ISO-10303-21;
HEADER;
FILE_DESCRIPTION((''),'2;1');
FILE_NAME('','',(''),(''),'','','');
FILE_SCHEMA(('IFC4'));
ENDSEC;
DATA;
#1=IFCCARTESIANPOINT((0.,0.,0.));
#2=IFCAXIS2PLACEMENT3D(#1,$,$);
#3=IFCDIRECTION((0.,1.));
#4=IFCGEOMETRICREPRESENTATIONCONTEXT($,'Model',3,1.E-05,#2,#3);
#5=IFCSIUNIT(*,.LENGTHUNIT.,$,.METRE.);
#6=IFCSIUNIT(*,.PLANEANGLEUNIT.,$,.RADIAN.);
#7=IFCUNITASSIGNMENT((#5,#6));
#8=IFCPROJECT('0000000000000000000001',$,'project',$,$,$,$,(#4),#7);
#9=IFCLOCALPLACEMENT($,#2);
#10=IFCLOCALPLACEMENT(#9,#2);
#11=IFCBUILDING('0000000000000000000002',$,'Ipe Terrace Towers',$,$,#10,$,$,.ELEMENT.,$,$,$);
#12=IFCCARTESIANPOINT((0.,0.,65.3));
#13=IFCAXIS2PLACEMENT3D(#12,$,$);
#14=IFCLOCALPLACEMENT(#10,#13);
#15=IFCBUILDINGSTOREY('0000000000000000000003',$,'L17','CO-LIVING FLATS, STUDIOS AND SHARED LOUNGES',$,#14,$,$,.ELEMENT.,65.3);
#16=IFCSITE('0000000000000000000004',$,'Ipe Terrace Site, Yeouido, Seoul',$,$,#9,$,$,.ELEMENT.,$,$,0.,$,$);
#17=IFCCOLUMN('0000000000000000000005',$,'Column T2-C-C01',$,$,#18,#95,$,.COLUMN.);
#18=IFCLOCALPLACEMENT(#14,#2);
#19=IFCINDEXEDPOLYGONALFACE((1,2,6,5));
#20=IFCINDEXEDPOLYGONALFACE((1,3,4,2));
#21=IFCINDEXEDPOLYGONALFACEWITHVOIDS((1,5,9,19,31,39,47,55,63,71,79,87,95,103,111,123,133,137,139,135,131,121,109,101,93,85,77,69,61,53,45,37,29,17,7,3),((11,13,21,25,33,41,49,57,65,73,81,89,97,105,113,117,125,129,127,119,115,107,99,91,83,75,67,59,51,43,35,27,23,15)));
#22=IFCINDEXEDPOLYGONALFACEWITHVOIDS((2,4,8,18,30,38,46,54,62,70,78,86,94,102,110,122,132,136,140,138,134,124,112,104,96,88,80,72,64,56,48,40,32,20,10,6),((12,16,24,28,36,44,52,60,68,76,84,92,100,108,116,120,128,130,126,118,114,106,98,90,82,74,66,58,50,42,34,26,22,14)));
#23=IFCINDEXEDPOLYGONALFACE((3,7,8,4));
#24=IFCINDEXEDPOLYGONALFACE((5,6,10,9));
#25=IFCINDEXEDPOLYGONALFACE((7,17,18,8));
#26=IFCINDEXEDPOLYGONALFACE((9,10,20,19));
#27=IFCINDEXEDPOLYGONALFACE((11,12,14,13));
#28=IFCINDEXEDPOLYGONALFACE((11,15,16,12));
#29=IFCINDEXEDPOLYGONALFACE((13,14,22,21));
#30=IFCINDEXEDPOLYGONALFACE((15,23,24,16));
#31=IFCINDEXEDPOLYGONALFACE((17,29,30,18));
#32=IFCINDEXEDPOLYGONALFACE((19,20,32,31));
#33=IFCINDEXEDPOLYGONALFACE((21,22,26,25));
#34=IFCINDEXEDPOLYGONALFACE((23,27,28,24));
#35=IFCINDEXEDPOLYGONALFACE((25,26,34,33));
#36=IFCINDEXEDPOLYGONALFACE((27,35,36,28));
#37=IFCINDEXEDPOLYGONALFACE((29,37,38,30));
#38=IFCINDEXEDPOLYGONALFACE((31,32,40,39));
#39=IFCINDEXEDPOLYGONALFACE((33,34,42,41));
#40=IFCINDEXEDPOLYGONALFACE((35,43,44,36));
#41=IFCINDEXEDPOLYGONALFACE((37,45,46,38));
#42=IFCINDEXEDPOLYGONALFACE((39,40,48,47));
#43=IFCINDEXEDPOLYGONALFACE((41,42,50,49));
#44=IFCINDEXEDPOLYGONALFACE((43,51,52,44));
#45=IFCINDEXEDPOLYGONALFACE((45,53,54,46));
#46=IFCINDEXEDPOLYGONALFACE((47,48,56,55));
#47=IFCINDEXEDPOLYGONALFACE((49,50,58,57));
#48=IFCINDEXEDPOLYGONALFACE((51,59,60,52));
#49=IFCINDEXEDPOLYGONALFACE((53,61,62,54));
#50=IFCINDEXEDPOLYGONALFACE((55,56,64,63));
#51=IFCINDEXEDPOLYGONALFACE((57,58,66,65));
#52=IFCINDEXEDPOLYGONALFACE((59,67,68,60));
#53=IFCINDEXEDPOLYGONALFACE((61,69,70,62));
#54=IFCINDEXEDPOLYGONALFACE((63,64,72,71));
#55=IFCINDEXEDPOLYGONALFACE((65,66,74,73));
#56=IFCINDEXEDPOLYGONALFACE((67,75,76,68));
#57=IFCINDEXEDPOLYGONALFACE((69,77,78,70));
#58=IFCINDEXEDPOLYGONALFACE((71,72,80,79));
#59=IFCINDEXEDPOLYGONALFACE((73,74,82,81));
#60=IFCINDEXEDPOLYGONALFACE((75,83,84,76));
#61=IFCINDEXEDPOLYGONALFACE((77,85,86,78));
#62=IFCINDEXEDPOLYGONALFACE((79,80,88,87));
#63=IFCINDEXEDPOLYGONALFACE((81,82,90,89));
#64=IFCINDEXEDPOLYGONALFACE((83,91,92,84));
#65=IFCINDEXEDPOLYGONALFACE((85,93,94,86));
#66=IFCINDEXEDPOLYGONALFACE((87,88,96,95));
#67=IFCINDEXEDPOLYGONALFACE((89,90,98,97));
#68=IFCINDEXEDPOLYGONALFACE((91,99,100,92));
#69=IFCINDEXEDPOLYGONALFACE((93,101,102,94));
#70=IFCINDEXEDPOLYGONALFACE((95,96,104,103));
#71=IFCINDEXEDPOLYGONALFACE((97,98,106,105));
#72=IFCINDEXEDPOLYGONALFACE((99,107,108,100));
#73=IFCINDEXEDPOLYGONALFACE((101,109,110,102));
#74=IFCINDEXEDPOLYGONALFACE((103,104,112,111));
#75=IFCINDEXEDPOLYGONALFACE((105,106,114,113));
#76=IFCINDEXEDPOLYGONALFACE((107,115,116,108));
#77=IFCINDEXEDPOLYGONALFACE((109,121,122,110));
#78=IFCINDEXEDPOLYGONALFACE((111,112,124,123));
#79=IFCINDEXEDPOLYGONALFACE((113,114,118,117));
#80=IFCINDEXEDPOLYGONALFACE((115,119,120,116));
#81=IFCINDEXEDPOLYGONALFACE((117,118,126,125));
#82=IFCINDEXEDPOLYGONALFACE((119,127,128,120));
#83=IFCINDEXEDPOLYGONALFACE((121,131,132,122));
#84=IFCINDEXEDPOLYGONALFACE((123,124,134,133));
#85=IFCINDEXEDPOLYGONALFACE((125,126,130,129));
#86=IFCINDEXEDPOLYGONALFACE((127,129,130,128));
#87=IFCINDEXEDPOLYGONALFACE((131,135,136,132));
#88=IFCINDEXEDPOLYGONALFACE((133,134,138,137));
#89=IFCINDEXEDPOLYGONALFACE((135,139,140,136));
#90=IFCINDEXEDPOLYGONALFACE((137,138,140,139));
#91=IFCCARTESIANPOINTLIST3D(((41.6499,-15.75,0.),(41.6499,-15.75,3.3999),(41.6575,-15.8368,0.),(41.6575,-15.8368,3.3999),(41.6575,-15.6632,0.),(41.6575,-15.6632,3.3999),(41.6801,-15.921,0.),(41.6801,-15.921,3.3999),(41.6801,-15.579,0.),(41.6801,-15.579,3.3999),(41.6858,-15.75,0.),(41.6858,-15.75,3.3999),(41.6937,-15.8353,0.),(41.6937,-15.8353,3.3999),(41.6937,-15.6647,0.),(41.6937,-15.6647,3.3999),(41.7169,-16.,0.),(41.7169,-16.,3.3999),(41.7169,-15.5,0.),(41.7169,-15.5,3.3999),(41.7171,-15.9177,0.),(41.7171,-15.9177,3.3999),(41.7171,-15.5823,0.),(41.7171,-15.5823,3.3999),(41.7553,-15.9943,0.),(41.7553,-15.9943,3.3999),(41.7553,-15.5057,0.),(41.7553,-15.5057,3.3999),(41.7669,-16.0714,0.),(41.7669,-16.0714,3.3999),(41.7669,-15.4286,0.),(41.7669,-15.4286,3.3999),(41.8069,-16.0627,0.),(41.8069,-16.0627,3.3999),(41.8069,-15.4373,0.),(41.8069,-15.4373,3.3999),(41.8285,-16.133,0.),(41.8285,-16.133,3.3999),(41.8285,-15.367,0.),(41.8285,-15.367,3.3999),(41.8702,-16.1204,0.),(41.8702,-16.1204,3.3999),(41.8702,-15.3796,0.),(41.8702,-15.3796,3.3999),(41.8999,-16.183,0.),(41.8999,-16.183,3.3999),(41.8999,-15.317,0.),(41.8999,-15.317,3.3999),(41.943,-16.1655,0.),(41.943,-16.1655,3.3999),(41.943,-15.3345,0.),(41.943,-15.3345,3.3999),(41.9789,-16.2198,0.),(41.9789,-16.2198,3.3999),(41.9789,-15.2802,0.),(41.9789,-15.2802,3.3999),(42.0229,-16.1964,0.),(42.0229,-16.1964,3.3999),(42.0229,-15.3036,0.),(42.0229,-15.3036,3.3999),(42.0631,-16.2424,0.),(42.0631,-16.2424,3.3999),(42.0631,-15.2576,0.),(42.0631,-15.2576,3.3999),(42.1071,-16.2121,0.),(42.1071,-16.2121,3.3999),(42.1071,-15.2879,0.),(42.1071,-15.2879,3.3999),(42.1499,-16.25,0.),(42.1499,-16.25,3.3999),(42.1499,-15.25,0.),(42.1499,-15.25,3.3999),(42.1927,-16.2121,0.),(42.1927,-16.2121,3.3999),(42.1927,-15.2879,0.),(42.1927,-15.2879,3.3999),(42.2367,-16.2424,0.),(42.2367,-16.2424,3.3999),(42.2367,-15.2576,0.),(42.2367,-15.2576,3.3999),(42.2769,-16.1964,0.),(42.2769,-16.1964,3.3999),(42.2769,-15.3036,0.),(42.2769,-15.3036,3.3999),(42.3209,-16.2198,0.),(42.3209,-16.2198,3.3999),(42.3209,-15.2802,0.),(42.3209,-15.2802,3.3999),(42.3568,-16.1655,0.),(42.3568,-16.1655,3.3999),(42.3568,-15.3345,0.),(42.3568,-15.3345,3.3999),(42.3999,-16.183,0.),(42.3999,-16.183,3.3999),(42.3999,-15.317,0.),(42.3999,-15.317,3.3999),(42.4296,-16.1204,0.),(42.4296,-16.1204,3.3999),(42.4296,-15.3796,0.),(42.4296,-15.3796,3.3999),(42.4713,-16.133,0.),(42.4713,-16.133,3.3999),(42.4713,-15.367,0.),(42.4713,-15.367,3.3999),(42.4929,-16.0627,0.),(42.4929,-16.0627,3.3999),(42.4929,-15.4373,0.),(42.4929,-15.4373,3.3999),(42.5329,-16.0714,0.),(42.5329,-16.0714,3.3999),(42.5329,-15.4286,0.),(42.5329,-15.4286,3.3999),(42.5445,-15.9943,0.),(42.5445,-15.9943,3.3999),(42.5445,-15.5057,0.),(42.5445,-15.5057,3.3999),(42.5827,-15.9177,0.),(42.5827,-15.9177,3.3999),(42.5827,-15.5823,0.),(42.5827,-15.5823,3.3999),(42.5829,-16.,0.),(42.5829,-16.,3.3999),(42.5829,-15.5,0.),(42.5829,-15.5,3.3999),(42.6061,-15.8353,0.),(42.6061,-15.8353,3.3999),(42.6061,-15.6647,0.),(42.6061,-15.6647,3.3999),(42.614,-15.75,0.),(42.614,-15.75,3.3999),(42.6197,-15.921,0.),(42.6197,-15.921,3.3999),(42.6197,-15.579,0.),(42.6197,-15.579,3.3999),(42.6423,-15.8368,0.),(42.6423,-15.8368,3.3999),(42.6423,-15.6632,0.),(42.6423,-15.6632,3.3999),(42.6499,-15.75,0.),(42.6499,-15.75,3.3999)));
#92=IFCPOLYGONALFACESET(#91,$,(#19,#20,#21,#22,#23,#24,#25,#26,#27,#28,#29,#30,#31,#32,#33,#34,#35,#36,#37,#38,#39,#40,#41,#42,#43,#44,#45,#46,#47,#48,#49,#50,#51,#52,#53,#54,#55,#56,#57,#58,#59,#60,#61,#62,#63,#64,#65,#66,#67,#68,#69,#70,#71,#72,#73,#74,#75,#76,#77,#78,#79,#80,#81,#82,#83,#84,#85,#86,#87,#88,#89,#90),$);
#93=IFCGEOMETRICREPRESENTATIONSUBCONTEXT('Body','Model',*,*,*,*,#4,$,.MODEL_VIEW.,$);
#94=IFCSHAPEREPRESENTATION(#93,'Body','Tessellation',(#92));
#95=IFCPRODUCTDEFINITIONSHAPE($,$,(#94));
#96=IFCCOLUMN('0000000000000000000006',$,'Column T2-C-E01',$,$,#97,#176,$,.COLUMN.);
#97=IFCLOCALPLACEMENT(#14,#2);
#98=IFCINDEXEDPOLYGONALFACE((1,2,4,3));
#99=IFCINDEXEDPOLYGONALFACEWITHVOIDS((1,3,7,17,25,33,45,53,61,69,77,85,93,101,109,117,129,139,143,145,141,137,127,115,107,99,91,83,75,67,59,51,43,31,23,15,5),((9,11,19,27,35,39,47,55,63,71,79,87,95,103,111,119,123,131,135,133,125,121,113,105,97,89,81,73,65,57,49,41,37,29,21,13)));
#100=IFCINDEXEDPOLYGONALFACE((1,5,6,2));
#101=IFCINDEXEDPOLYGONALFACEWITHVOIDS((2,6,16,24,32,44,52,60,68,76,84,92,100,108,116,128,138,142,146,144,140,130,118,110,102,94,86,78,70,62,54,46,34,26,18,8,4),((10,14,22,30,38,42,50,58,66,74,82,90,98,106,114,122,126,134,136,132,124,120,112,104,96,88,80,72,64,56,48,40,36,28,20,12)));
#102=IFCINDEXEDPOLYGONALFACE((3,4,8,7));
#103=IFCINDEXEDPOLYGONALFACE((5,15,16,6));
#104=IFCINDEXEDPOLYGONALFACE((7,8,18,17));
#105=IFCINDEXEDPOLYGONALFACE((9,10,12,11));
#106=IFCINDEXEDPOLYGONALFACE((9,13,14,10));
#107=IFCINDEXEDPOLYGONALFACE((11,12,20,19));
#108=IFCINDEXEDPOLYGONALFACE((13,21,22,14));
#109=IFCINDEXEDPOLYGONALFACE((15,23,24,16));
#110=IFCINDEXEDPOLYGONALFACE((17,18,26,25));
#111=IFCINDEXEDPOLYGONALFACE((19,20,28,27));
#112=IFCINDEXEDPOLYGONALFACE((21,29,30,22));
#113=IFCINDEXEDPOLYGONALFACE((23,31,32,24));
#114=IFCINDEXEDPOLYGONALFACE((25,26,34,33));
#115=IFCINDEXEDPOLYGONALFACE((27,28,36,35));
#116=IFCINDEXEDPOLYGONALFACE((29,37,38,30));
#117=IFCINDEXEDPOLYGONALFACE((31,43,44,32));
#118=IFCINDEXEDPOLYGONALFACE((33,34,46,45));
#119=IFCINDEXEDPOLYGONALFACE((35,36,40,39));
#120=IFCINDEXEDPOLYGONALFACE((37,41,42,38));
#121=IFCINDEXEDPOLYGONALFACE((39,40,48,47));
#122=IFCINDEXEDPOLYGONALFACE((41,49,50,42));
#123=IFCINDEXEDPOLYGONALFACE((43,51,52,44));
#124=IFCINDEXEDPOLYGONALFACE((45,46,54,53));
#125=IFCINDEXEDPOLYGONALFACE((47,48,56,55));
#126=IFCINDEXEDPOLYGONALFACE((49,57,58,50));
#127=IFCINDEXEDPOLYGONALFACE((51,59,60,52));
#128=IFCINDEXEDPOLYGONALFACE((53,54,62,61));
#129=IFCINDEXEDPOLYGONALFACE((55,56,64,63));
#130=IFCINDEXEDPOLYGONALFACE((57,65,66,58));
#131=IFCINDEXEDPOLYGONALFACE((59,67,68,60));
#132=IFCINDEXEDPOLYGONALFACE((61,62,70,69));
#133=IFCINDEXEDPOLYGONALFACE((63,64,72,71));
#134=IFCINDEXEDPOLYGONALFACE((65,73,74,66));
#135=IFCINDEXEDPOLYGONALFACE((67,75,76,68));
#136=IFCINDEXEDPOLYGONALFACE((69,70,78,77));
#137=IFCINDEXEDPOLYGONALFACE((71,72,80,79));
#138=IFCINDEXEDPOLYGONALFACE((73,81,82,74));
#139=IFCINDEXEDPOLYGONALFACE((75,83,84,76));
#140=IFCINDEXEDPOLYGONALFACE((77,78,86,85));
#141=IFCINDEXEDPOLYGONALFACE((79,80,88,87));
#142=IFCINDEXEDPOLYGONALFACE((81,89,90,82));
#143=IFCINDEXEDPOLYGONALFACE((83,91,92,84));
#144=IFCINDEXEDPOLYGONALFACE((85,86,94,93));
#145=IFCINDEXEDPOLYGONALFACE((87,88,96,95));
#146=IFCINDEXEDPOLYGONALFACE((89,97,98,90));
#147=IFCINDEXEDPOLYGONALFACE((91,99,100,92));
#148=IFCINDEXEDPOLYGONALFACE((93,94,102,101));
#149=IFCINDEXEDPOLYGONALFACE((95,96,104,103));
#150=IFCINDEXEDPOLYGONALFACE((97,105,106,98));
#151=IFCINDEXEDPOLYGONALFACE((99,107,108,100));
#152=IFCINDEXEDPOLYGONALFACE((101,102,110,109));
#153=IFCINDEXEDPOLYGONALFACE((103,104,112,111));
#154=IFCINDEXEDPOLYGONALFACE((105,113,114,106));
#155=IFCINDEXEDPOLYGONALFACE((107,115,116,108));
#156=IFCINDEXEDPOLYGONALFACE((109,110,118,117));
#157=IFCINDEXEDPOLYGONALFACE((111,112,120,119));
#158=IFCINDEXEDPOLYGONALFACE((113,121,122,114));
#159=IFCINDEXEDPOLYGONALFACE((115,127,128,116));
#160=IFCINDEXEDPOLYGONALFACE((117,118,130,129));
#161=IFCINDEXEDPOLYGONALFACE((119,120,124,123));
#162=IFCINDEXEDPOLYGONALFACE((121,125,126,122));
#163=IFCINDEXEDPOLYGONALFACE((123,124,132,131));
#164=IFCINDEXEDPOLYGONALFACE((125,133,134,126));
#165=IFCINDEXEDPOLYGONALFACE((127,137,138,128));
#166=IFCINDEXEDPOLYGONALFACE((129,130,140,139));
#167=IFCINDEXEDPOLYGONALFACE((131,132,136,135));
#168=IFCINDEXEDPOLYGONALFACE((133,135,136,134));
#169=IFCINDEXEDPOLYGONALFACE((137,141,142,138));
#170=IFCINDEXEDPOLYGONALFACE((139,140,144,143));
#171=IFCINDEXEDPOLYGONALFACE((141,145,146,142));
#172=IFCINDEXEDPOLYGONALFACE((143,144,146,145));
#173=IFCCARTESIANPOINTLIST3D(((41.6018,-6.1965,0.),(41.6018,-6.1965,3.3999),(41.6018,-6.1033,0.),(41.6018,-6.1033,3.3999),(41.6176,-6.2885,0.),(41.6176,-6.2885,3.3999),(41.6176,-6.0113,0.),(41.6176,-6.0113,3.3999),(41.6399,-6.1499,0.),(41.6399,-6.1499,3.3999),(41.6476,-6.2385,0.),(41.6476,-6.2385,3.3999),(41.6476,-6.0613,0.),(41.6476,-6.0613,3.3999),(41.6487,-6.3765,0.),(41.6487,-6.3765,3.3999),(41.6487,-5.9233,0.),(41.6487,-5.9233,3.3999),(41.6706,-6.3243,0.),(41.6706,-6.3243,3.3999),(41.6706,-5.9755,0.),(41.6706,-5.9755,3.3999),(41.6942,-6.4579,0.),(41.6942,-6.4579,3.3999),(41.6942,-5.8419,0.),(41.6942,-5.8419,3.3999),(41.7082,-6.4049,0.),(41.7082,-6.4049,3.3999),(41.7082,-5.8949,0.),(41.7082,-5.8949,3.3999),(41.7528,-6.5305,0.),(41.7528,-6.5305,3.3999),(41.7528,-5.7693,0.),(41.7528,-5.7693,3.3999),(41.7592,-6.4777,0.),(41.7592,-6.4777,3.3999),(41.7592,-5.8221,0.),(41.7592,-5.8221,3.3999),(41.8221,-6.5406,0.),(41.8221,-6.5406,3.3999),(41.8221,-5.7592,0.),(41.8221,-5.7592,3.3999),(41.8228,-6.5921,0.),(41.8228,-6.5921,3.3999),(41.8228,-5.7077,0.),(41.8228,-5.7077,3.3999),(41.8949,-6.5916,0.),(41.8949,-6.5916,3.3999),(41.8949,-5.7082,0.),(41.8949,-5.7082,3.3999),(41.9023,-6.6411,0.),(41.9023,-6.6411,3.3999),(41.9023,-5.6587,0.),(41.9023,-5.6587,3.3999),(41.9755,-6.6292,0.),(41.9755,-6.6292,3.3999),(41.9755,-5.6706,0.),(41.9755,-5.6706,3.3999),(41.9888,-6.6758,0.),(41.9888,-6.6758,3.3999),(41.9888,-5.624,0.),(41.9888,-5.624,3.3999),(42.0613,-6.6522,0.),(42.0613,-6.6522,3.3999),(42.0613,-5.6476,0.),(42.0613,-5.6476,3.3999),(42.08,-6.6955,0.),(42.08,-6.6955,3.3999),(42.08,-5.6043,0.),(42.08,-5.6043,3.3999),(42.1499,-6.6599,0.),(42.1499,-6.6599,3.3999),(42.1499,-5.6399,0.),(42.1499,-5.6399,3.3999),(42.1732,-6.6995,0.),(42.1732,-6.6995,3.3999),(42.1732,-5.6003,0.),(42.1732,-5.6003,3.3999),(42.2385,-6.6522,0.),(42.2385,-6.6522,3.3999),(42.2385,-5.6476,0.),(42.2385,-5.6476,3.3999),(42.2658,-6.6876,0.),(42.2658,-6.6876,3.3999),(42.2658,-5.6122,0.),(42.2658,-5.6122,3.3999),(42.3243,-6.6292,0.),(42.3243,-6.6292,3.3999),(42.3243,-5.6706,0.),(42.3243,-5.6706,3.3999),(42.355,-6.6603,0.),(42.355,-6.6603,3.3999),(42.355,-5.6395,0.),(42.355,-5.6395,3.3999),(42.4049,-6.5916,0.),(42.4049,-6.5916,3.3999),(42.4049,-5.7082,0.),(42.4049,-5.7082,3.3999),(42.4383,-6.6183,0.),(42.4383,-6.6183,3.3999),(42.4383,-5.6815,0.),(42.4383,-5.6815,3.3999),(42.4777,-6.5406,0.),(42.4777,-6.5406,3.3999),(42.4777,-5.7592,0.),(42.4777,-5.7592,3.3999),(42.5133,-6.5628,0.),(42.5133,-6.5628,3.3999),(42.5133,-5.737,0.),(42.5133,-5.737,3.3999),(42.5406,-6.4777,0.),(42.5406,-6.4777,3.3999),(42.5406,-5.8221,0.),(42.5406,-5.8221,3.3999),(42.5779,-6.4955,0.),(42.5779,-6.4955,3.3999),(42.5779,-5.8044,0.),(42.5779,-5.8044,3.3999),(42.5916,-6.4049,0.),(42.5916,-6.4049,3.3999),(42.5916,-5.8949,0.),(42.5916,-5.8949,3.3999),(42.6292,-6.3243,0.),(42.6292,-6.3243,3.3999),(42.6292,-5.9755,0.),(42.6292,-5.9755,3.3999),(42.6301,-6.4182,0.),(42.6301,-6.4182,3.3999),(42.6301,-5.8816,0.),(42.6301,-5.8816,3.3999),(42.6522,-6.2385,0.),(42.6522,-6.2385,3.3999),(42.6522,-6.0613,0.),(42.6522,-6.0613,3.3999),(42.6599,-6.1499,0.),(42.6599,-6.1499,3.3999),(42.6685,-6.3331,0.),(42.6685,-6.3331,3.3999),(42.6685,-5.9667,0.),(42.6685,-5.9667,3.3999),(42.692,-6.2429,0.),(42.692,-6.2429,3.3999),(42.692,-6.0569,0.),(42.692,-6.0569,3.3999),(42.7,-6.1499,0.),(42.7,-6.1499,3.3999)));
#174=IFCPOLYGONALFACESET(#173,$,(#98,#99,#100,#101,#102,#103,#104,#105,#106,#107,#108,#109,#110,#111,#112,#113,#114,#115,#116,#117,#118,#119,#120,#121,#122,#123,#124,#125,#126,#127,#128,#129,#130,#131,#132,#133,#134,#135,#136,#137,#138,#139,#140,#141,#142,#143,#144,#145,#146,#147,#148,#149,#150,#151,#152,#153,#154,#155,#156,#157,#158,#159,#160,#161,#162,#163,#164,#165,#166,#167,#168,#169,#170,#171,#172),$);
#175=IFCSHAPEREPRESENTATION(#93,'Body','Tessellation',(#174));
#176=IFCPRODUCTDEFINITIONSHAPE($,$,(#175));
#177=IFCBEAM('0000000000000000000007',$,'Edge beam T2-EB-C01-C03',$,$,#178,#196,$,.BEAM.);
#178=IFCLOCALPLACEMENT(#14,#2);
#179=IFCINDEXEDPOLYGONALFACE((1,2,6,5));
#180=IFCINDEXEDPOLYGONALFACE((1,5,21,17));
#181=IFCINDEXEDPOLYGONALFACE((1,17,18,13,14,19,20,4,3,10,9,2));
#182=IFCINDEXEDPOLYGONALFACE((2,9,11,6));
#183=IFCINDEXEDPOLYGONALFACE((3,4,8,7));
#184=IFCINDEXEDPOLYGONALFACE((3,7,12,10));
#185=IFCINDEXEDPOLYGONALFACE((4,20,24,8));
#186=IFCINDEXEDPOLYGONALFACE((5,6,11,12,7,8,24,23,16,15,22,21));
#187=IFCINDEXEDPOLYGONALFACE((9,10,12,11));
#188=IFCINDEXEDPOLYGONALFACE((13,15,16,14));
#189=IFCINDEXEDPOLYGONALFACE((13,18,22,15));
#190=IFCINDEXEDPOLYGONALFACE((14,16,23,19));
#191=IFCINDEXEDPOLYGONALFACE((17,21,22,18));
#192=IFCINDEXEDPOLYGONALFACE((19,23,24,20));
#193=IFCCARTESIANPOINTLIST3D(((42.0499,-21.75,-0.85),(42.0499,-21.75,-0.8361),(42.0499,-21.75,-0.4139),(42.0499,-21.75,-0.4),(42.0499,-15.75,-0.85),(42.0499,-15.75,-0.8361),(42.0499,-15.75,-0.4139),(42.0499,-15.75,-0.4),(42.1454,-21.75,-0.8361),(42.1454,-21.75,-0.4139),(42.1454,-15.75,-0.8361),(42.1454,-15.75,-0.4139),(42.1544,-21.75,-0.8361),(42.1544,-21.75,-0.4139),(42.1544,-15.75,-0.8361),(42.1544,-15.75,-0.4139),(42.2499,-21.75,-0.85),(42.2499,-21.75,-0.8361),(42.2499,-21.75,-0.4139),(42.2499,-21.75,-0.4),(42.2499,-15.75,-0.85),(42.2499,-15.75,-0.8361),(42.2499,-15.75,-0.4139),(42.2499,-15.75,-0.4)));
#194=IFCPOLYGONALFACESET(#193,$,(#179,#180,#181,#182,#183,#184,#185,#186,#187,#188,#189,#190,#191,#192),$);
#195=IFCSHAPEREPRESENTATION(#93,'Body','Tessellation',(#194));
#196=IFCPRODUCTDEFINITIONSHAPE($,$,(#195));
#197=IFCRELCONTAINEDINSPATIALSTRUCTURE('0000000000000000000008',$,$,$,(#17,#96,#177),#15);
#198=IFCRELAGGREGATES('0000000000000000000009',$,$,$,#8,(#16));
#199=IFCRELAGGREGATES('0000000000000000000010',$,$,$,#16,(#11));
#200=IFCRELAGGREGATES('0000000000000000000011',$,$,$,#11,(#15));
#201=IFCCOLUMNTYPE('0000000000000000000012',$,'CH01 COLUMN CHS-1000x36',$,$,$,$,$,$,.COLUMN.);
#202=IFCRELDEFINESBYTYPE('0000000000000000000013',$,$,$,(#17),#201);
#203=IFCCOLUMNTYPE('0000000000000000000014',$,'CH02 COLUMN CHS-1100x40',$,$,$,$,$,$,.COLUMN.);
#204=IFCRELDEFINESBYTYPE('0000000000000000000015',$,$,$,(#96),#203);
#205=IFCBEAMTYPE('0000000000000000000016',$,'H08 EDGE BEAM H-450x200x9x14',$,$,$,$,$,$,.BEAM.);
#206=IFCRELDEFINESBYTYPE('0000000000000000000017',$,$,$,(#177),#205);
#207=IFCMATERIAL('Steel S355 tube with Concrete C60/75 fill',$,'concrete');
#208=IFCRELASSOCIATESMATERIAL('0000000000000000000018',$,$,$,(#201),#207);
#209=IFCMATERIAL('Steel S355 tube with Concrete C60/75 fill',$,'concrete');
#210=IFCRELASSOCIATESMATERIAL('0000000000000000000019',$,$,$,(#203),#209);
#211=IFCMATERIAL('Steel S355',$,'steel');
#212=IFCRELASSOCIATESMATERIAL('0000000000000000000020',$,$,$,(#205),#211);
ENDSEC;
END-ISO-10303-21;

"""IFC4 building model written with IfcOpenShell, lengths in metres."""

from ifc_helpers import new_model, si_unit, direction, frame, origin, origin_2d, place, context, subcontext, project, spatial, hollow_circle, i_section, extrude, material, material_profile, profile_set, type_object, element, save


model = new_model("IFC4")

# Units and contexts
model_context = context("Model", 3, precision=1e-05, world=origin(), true_north=direction((0.0, 1.0)))
body_context = subcontext(model_context, "Body", "Model", "MODEL_VIEW")
ifc_project = project(units=[si_unit("LENGTHUNIT", "METRE"), si_unit("PLANEANGLEUNIT", "RADIAN")], contexts=[model_context])

# Site, building, storey
site_placement = place(None, origin())
site = spatial("IfcSite", under=ifc_project, at=site_placement, Name="Ipe Terrace Site, Yeouido, Seoul", CompositionType="ELEMENT", RefElevation=0.0)
building_placement = place(site_placement, origin())
building = spatial("IfcBuilding", under=site, at=building_placement, Name="Ipe Terrace Towers", CompositionType="ELEMENT")
storey_placement = place(building_placement, frame((0.0, 0.0, 65.3)))
storey = spatial("IfcBuildingStorey", under=building, at=storey_placement, Name="L17", Description="CO-LIVING FLATS, STUDIOS AND SHARED LOUNGES", CompositionType="ELEMENT", Elevation=65.3)

# Columns
ifc_material_1 = material(Name="Steel S355 tube with Concrete C60/75 fill", Category="concrete")
ifc_material_profile_1 = material_profile(ifc_material_1, hollow_circle(Radius=0.5, WallThickness=0.0359, at=origin_2d()), Name="CHS-1000x36")
ifc_profile_set_1 = profile_set([ifc_material_profile_1], Name="Steel S355 tube with Concrete C60/75 fill")
column_type_1 = type_object("IfcColumnType", Name="CH01 COLUMN CHS-1000x36", PredefinedType="COLUMN", material=ifc_profile_set_1)
column_1_placement = place(storey_placement, frame((42.1499, -15.75, 0.0), z_axis=(0.0, 0.0, 1.0), x_axis=(1.0, 0.0, 0.0)))
element("IfcColumn", 1, at=column_1_placement, inside=storey, type_object=column_type_1, Name="Column T2-C-C01", PredefinedType="COLUMN", context=body_context, shape_type="SweptSolid", body=[
    extrude(hollow_circle(Radius=0.5, WallThickness=0.0359, at=origin_2d()), origin(), (0.0, 0.0, 1.0), 3.3999),
])
ifc_material_2 = material(Name="Steel S355 tube with Concrete C60/75 fill", Category="concrete")
ifc_material_profile_2 = material_profile(ifc_material_2, hollow_circle(Radius=0.55, WallThickness=0.04, at=origin_2d()), Name="CHS-1100x40")
ifc_profile_set_2 = profile_set([ifc_material_profile_2], Name="Steel S355 tube with Concrete C60/75 fill")
column_type_2 = type_object("IfcColumnType", Name="CH02 COLUMN CHS-1100x40", PredefinedType="COLUMN", material=ifc_profile_set_2)
column_2_placement = place(storey_placement, frame((42.1499, -6.1499, 0.0), z_axis=(0.0, 0.0, 1.0), x_axis=(1.0, 0.0, 0.0)))
element("IfcColumn", 2, at=column_2_placement, inside=storey, type_object=column_type_2, Name="Column T2-C-E01", PredefinedType="COLUMN", context=body_context, shape_type="SweptSolid", body=[
    extrude(hollow_circle(Radius=0.55, WallThickness=0.04, at=origin_2d()), origin(), (0.0, 0.0, 1.0), 3.3999),
])

# Beam
ifc_material_3 = material(Name="Steel S355", Category="steel")
ifc_material_profile_3 = material_profile(ifc_material_3, i_section(OverallWidth=0.2, OverallDepth=0.45, WebThickness=0.009, FlangeThickness=0.0139, at=origin_2d()), Name="H-450x200x9x14")
ifc_profile_set_3 = profile_set([ifc_material_profile_3], Name="Steel S355")
beam_type = type_object("IfcBeamType", Name="H08 EDGE BEAM H-450x200x9x14", PredefinedType="BEAM", material=ifc_profile_set_3)
beam_placement = place(storey_placement, frame((42.1499, -15.75, -0.625), z_axis=(0.0, -1.0, 0.0), x_axis=(1.0, 0.0, 0.0)))
element("IfcBeam", 3, at=beam_placement, inside=storey, type_object=beam_type, Name="Edge beam T2-EB-C01-C03", PredefinedType="BEAM", context=body_context, shape_type="SweptSolid", body=[
    extrude(i_section(OverallWidth=0.2, OverallDepth=0.45, WebThickness=0.009, FlangeThickness=0.0139, at=origin_2d()), origin(), (0.0, 0.0, 1.0), 6.0),
])

save(model, "model.ifc")
